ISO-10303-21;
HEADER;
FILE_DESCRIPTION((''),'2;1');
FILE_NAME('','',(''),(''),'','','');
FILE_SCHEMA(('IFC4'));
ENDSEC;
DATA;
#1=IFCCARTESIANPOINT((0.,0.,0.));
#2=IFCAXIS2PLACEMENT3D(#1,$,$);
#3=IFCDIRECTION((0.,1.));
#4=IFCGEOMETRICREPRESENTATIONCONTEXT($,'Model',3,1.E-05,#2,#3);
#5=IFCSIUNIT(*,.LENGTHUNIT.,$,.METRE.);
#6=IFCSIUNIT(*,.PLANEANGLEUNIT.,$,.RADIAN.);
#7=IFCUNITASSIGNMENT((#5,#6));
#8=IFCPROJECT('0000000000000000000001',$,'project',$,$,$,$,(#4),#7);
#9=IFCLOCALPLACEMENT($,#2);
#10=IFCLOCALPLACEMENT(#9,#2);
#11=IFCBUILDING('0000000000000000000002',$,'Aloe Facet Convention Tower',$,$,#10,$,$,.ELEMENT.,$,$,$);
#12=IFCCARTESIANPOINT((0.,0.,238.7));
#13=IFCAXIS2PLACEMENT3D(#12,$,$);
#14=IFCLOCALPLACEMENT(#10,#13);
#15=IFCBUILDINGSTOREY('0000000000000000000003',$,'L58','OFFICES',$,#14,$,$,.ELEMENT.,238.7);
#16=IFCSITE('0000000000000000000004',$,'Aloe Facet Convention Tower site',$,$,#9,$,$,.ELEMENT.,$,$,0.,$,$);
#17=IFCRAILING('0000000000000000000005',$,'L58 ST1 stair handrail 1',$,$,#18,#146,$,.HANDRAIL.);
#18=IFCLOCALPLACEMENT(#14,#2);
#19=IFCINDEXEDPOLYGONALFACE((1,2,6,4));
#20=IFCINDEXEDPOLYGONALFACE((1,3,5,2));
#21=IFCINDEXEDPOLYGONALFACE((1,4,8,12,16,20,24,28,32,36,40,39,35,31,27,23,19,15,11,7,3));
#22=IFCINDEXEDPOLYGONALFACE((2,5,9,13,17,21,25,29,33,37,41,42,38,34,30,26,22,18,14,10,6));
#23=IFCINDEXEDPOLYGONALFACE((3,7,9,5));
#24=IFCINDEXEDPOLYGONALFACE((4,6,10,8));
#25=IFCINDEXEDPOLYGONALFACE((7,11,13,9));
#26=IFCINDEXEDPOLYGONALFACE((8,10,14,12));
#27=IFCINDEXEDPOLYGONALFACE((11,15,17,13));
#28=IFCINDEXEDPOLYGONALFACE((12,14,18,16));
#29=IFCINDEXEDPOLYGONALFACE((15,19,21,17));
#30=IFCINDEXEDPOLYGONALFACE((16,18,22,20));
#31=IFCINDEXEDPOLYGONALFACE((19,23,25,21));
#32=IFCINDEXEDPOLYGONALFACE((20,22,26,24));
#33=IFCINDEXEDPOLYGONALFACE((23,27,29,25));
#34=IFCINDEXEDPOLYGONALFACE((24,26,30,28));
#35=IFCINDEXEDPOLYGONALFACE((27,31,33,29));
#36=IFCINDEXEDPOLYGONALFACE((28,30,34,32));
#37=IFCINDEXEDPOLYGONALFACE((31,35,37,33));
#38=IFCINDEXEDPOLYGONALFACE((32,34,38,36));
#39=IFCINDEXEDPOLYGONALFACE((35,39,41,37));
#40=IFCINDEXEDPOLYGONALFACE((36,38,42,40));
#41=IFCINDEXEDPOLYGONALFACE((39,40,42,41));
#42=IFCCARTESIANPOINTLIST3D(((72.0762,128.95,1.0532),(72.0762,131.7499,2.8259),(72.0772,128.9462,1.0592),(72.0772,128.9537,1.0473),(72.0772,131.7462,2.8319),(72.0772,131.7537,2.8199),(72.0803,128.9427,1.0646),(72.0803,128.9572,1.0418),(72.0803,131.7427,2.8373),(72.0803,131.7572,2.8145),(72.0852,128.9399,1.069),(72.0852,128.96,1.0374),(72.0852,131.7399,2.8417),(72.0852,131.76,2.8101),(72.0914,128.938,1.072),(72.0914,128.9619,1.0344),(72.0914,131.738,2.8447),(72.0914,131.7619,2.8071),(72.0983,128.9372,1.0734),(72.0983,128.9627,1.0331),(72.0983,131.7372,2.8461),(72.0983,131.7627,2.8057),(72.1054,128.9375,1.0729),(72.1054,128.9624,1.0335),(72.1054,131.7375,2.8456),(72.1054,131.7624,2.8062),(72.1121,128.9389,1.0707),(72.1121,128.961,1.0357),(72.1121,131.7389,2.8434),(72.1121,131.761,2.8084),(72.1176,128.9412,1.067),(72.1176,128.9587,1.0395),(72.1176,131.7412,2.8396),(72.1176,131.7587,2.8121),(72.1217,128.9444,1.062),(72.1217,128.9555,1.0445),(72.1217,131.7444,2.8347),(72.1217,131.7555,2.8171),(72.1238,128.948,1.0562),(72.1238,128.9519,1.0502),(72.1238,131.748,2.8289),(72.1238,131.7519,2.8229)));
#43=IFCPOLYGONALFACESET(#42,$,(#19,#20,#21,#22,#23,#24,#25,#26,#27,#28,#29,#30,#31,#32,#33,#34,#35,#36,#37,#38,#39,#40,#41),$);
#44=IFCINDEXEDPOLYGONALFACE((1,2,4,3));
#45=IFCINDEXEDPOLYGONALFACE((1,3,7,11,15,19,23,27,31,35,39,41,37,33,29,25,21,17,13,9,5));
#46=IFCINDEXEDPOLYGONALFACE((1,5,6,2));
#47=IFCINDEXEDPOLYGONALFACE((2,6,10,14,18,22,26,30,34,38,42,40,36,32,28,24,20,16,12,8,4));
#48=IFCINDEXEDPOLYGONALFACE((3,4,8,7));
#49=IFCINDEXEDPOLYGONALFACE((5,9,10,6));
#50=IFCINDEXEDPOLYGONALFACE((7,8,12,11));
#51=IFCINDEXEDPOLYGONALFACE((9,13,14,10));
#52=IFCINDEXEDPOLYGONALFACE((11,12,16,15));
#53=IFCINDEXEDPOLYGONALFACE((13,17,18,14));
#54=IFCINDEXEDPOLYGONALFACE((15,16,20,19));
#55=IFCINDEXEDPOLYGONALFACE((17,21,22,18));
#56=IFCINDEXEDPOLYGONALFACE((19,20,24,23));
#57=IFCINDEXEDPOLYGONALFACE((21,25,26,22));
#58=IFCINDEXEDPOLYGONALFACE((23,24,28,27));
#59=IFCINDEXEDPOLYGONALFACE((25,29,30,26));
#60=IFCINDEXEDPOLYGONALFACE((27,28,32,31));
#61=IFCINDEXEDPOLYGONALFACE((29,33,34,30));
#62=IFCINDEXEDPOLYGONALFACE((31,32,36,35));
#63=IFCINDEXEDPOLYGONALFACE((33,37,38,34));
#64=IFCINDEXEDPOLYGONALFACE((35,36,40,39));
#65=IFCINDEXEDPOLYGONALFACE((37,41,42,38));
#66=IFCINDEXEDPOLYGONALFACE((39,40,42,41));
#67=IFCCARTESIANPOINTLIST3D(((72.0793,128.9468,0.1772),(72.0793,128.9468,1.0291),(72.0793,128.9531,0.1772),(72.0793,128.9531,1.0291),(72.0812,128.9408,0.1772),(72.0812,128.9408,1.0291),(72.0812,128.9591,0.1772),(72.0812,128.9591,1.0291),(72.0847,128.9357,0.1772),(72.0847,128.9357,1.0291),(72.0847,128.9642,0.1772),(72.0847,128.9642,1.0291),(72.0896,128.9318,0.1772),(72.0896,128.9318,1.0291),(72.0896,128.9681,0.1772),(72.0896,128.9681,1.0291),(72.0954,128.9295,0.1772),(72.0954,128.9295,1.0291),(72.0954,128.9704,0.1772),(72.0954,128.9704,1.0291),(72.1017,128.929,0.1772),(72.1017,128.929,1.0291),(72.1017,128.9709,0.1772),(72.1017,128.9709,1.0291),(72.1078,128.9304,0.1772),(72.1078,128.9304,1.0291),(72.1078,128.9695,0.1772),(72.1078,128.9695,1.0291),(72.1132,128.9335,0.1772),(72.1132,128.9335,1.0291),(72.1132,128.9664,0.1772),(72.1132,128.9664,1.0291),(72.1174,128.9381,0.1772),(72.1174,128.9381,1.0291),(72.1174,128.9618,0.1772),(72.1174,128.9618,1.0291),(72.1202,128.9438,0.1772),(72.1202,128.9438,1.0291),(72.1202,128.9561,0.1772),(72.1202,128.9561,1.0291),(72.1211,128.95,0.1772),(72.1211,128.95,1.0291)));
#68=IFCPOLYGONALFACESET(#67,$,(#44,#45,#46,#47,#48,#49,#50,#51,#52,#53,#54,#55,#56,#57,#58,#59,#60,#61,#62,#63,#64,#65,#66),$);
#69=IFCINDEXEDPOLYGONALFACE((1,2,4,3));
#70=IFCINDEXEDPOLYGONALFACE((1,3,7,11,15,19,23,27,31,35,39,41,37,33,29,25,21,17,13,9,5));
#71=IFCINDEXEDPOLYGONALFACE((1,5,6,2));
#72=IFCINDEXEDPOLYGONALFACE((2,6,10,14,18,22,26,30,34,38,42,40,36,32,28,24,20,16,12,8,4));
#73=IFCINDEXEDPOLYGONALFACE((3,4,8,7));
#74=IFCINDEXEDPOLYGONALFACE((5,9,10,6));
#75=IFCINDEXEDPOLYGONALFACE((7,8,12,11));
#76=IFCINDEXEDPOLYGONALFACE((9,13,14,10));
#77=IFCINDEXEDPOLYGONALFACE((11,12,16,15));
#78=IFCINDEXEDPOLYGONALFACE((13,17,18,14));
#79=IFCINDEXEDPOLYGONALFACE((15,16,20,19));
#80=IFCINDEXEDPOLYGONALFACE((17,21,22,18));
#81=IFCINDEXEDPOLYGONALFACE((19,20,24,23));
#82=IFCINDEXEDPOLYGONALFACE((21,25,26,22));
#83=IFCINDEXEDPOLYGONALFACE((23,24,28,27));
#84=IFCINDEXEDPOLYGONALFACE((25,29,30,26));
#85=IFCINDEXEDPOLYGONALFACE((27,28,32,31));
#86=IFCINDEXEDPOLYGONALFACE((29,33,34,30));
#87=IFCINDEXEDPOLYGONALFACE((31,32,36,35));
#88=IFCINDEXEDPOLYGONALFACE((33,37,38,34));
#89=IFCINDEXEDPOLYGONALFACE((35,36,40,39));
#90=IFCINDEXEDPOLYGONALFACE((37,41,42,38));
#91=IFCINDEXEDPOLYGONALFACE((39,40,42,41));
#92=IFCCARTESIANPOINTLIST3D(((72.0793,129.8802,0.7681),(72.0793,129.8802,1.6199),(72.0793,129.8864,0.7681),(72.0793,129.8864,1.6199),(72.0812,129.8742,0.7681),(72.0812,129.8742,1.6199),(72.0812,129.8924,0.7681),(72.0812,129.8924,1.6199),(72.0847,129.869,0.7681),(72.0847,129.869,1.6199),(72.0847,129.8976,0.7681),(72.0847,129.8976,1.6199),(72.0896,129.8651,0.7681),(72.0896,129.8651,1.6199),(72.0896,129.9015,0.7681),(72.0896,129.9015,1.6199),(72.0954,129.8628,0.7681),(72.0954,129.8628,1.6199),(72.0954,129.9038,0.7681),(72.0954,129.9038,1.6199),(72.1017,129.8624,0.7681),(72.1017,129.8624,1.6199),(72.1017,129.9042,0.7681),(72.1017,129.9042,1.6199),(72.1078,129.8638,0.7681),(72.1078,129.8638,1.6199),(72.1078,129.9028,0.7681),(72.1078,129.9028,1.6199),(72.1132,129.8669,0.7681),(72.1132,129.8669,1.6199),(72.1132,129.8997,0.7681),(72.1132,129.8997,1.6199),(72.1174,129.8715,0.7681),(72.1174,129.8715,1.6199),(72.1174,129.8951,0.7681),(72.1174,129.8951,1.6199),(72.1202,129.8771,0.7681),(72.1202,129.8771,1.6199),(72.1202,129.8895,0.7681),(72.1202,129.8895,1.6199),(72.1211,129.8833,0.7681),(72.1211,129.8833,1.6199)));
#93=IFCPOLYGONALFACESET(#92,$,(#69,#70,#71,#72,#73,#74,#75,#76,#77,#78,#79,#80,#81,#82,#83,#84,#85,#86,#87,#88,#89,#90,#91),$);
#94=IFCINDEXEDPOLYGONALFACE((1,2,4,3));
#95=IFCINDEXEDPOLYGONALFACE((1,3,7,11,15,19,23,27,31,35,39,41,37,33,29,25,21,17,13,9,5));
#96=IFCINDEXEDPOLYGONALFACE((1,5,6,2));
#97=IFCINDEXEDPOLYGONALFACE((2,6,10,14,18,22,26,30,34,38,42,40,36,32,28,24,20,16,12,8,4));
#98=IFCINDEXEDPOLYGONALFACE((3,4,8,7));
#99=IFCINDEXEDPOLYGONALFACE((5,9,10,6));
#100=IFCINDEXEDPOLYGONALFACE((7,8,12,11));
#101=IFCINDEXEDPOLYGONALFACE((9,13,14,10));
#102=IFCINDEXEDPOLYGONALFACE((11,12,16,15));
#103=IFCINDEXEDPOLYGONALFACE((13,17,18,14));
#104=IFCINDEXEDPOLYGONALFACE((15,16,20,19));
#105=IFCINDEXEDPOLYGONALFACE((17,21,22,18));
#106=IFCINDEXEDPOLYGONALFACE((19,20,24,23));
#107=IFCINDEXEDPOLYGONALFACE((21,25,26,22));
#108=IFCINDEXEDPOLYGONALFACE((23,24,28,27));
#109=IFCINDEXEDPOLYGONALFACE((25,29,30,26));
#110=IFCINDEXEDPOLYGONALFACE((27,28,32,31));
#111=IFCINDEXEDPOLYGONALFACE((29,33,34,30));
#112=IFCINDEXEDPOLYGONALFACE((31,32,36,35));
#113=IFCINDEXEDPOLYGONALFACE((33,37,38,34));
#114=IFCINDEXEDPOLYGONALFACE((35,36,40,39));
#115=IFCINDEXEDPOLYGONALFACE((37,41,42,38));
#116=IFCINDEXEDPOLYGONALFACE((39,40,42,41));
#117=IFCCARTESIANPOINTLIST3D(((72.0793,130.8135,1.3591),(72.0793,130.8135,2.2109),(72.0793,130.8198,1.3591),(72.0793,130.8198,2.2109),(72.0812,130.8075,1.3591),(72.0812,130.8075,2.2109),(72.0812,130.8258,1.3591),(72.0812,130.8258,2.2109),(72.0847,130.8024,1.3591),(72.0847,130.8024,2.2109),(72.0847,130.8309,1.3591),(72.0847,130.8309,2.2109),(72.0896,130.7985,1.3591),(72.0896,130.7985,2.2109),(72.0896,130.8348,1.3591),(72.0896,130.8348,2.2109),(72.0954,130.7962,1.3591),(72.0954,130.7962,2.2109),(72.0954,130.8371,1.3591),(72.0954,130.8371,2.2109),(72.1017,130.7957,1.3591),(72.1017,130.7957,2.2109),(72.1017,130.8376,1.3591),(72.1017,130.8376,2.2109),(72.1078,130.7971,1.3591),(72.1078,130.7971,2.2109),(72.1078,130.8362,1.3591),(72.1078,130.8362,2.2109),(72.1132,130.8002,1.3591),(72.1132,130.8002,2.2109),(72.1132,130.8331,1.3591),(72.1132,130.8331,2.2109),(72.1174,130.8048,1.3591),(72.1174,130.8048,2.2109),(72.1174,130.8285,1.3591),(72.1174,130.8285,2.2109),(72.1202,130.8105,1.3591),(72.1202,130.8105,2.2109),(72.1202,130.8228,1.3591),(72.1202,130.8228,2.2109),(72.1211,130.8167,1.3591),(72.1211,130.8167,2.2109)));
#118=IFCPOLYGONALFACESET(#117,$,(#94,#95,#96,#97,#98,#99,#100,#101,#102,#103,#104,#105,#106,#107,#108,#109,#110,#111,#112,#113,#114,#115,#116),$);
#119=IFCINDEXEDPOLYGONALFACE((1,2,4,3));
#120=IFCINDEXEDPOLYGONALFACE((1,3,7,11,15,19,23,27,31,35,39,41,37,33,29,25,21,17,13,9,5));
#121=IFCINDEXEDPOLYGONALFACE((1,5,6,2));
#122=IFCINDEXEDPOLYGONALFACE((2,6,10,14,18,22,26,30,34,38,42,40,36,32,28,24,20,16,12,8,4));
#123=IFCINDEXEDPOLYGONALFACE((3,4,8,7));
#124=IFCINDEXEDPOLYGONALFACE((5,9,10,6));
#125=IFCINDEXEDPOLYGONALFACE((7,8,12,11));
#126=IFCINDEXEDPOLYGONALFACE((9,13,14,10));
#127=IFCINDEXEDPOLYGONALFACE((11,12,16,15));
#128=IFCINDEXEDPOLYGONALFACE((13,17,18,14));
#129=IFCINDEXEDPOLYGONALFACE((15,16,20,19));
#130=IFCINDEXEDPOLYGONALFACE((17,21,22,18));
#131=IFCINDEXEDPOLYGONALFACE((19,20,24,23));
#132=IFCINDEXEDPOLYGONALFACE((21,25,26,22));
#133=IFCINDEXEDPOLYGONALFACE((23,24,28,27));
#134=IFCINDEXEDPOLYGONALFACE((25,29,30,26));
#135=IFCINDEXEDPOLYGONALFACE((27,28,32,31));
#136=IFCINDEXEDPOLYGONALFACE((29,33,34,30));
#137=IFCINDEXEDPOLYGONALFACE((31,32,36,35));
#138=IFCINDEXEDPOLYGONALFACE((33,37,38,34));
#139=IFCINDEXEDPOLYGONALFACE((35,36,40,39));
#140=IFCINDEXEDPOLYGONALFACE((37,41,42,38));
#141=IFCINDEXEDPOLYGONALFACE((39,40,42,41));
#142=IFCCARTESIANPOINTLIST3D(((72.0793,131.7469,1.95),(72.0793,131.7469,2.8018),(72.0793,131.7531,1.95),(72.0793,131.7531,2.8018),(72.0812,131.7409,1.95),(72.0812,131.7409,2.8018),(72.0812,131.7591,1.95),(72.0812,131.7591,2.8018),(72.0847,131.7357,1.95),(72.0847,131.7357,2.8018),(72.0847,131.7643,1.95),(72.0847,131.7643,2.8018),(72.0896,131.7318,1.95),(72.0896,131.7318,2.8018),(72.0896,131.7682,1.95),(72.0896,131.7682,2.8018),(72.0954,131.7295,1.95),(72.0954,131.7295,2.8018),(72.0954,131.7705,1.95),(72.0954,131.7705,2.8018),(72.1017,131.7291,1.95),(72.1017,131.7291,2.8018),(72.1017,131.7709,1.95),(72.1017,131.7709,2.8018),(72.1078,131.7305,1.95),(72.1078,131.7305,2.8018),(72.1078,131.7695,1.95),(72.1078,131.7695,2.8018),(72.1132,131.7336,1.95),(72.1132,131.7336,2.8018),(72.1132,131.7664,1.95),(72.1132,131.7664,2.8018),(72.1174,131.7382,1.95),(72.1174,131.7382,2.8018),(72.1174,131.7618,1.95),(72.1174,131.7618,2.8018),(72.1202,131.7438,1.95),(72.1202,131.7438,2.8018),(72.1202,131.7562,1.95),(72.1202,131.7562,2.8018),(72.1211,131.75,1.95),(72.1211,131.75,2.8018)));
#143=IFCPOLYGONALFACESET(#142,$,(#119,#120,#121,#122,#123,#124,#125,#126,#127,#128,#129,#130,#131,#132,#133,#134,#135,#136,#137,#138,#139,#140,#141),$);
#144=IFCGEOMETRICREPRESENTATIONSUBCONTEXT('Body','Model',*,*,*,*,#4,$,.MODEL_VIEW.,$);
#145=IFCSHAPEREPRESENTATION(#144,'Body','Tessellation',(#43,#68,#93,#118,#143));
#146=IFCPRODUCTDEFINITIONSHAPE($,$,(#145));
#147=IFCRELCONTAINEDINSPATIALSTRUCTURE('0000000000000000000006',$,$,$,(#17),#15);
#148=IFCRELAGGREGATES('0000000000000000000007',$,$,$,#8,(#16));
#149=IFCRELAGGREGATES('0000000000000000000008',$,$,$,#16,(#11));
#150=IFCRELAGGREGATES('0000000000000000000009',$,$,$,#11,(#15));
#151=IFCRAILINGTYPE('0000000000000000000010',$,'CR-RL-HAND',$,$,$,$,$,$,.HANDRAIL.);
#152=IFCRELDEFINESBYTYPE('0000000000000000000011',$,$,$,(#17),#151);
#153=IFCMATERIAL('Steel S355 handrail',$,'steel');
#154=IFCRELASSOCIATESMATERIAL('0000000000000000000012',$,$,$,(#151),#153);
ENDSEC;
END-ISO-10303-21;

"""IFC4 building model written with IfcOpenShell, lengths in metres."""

from ifc_helpers import new_model, si_unit, direction, frame, origin, origin_2d, place, context, subcontext, project, spatial, circle, extrude, material, type_object, element, save


model = new_model("IFC4")

# Units and contexts
model_context = context("Model", 3, precision=1e-05, world=origin(), true_north=direction((0.0, 1.0)))
body_context = subcontext(model_context, "Body", "Model", "MODEL_VIEW")
ifc_project = project(units=[si_unit("LENGTHUNIT", "METRE"), si_unit("PLANEANGLEUNIT", "RADIAN")], contexts=[model_context])

# Site, building, storey
site_placement = place(None, origin())
site = spatial("IfcSite", under=ifc_project, at=site_placement, Name="Aloe Facet Convention Tower site", CompositionType="ELEMENT", RefElevation=0.0)
building_placement = place(site_placement, origin())
building = spatial("IfcBuilding", under=site, at=building_placement, Name="Aloe Facet Convention Tower", CompositionType="ELEMENT")
storey_placement = place(building_placement, frame((0.0, 0.0, 238.7)))
storey = spatial("IfcBuildingStorey", under=building, at=storey_placement, Name="L58", Description="OFFICES", CompositionType="ELEMENT", Elevation=238.7)

# Railing
ifc_material_1 = material(Name="Steel S355 handrail", Category="steel")
railing_type_1 = type_object("IfcRailingType", Name="CR-RL-HAND", PredefinedType="HANDRAIL", material=ifc_material_1)
railing_1_placement = place(storey_placement, frame((72.1001, 128.95, 0.1772)))
element("IfcRailing", 1, at=railing_1_placement, inside=storey, type_object=railing_type_1, Name="L58 ST1 stair handrail 1", PredefinedType="HANDRAIL", context=body_context, shape_type="SweptSolid", body=[
    extrude(circle(Radius=0.0239, at=origin_2d()), frame((0.0, 0.0, 0.876), z_axis=(0.0, 0.844909, 0.53491), x_axis=(-1.0, 0.0, 0.0)), (0.0, 0.0, 1.0), 3.314),
    extrude(circle(Radius=0.021, at=origin_2d()), origin(), (0.0, 0.0, 1.0), 0.8518),
    extrude(circle(Radius=0.021, at=origin_2d()), frame((0.0, 0.9333, 0.5908)), (0.0, 0.0, 1.0), 0.8518),
    extrude(circle(Radius=0.021, at=origin_2d()), frame((0.0, 1.8667, 1.1819)), (0.0, 0.0, 1.0), 0.8518),
    extrude(circle(Radius=0.021, at=origin_2d()), frame((0.0, 2.8, 1.7727)), (0.0, 0.0, 1.0), 0.8518),
])

save(model, "model.ifc")
